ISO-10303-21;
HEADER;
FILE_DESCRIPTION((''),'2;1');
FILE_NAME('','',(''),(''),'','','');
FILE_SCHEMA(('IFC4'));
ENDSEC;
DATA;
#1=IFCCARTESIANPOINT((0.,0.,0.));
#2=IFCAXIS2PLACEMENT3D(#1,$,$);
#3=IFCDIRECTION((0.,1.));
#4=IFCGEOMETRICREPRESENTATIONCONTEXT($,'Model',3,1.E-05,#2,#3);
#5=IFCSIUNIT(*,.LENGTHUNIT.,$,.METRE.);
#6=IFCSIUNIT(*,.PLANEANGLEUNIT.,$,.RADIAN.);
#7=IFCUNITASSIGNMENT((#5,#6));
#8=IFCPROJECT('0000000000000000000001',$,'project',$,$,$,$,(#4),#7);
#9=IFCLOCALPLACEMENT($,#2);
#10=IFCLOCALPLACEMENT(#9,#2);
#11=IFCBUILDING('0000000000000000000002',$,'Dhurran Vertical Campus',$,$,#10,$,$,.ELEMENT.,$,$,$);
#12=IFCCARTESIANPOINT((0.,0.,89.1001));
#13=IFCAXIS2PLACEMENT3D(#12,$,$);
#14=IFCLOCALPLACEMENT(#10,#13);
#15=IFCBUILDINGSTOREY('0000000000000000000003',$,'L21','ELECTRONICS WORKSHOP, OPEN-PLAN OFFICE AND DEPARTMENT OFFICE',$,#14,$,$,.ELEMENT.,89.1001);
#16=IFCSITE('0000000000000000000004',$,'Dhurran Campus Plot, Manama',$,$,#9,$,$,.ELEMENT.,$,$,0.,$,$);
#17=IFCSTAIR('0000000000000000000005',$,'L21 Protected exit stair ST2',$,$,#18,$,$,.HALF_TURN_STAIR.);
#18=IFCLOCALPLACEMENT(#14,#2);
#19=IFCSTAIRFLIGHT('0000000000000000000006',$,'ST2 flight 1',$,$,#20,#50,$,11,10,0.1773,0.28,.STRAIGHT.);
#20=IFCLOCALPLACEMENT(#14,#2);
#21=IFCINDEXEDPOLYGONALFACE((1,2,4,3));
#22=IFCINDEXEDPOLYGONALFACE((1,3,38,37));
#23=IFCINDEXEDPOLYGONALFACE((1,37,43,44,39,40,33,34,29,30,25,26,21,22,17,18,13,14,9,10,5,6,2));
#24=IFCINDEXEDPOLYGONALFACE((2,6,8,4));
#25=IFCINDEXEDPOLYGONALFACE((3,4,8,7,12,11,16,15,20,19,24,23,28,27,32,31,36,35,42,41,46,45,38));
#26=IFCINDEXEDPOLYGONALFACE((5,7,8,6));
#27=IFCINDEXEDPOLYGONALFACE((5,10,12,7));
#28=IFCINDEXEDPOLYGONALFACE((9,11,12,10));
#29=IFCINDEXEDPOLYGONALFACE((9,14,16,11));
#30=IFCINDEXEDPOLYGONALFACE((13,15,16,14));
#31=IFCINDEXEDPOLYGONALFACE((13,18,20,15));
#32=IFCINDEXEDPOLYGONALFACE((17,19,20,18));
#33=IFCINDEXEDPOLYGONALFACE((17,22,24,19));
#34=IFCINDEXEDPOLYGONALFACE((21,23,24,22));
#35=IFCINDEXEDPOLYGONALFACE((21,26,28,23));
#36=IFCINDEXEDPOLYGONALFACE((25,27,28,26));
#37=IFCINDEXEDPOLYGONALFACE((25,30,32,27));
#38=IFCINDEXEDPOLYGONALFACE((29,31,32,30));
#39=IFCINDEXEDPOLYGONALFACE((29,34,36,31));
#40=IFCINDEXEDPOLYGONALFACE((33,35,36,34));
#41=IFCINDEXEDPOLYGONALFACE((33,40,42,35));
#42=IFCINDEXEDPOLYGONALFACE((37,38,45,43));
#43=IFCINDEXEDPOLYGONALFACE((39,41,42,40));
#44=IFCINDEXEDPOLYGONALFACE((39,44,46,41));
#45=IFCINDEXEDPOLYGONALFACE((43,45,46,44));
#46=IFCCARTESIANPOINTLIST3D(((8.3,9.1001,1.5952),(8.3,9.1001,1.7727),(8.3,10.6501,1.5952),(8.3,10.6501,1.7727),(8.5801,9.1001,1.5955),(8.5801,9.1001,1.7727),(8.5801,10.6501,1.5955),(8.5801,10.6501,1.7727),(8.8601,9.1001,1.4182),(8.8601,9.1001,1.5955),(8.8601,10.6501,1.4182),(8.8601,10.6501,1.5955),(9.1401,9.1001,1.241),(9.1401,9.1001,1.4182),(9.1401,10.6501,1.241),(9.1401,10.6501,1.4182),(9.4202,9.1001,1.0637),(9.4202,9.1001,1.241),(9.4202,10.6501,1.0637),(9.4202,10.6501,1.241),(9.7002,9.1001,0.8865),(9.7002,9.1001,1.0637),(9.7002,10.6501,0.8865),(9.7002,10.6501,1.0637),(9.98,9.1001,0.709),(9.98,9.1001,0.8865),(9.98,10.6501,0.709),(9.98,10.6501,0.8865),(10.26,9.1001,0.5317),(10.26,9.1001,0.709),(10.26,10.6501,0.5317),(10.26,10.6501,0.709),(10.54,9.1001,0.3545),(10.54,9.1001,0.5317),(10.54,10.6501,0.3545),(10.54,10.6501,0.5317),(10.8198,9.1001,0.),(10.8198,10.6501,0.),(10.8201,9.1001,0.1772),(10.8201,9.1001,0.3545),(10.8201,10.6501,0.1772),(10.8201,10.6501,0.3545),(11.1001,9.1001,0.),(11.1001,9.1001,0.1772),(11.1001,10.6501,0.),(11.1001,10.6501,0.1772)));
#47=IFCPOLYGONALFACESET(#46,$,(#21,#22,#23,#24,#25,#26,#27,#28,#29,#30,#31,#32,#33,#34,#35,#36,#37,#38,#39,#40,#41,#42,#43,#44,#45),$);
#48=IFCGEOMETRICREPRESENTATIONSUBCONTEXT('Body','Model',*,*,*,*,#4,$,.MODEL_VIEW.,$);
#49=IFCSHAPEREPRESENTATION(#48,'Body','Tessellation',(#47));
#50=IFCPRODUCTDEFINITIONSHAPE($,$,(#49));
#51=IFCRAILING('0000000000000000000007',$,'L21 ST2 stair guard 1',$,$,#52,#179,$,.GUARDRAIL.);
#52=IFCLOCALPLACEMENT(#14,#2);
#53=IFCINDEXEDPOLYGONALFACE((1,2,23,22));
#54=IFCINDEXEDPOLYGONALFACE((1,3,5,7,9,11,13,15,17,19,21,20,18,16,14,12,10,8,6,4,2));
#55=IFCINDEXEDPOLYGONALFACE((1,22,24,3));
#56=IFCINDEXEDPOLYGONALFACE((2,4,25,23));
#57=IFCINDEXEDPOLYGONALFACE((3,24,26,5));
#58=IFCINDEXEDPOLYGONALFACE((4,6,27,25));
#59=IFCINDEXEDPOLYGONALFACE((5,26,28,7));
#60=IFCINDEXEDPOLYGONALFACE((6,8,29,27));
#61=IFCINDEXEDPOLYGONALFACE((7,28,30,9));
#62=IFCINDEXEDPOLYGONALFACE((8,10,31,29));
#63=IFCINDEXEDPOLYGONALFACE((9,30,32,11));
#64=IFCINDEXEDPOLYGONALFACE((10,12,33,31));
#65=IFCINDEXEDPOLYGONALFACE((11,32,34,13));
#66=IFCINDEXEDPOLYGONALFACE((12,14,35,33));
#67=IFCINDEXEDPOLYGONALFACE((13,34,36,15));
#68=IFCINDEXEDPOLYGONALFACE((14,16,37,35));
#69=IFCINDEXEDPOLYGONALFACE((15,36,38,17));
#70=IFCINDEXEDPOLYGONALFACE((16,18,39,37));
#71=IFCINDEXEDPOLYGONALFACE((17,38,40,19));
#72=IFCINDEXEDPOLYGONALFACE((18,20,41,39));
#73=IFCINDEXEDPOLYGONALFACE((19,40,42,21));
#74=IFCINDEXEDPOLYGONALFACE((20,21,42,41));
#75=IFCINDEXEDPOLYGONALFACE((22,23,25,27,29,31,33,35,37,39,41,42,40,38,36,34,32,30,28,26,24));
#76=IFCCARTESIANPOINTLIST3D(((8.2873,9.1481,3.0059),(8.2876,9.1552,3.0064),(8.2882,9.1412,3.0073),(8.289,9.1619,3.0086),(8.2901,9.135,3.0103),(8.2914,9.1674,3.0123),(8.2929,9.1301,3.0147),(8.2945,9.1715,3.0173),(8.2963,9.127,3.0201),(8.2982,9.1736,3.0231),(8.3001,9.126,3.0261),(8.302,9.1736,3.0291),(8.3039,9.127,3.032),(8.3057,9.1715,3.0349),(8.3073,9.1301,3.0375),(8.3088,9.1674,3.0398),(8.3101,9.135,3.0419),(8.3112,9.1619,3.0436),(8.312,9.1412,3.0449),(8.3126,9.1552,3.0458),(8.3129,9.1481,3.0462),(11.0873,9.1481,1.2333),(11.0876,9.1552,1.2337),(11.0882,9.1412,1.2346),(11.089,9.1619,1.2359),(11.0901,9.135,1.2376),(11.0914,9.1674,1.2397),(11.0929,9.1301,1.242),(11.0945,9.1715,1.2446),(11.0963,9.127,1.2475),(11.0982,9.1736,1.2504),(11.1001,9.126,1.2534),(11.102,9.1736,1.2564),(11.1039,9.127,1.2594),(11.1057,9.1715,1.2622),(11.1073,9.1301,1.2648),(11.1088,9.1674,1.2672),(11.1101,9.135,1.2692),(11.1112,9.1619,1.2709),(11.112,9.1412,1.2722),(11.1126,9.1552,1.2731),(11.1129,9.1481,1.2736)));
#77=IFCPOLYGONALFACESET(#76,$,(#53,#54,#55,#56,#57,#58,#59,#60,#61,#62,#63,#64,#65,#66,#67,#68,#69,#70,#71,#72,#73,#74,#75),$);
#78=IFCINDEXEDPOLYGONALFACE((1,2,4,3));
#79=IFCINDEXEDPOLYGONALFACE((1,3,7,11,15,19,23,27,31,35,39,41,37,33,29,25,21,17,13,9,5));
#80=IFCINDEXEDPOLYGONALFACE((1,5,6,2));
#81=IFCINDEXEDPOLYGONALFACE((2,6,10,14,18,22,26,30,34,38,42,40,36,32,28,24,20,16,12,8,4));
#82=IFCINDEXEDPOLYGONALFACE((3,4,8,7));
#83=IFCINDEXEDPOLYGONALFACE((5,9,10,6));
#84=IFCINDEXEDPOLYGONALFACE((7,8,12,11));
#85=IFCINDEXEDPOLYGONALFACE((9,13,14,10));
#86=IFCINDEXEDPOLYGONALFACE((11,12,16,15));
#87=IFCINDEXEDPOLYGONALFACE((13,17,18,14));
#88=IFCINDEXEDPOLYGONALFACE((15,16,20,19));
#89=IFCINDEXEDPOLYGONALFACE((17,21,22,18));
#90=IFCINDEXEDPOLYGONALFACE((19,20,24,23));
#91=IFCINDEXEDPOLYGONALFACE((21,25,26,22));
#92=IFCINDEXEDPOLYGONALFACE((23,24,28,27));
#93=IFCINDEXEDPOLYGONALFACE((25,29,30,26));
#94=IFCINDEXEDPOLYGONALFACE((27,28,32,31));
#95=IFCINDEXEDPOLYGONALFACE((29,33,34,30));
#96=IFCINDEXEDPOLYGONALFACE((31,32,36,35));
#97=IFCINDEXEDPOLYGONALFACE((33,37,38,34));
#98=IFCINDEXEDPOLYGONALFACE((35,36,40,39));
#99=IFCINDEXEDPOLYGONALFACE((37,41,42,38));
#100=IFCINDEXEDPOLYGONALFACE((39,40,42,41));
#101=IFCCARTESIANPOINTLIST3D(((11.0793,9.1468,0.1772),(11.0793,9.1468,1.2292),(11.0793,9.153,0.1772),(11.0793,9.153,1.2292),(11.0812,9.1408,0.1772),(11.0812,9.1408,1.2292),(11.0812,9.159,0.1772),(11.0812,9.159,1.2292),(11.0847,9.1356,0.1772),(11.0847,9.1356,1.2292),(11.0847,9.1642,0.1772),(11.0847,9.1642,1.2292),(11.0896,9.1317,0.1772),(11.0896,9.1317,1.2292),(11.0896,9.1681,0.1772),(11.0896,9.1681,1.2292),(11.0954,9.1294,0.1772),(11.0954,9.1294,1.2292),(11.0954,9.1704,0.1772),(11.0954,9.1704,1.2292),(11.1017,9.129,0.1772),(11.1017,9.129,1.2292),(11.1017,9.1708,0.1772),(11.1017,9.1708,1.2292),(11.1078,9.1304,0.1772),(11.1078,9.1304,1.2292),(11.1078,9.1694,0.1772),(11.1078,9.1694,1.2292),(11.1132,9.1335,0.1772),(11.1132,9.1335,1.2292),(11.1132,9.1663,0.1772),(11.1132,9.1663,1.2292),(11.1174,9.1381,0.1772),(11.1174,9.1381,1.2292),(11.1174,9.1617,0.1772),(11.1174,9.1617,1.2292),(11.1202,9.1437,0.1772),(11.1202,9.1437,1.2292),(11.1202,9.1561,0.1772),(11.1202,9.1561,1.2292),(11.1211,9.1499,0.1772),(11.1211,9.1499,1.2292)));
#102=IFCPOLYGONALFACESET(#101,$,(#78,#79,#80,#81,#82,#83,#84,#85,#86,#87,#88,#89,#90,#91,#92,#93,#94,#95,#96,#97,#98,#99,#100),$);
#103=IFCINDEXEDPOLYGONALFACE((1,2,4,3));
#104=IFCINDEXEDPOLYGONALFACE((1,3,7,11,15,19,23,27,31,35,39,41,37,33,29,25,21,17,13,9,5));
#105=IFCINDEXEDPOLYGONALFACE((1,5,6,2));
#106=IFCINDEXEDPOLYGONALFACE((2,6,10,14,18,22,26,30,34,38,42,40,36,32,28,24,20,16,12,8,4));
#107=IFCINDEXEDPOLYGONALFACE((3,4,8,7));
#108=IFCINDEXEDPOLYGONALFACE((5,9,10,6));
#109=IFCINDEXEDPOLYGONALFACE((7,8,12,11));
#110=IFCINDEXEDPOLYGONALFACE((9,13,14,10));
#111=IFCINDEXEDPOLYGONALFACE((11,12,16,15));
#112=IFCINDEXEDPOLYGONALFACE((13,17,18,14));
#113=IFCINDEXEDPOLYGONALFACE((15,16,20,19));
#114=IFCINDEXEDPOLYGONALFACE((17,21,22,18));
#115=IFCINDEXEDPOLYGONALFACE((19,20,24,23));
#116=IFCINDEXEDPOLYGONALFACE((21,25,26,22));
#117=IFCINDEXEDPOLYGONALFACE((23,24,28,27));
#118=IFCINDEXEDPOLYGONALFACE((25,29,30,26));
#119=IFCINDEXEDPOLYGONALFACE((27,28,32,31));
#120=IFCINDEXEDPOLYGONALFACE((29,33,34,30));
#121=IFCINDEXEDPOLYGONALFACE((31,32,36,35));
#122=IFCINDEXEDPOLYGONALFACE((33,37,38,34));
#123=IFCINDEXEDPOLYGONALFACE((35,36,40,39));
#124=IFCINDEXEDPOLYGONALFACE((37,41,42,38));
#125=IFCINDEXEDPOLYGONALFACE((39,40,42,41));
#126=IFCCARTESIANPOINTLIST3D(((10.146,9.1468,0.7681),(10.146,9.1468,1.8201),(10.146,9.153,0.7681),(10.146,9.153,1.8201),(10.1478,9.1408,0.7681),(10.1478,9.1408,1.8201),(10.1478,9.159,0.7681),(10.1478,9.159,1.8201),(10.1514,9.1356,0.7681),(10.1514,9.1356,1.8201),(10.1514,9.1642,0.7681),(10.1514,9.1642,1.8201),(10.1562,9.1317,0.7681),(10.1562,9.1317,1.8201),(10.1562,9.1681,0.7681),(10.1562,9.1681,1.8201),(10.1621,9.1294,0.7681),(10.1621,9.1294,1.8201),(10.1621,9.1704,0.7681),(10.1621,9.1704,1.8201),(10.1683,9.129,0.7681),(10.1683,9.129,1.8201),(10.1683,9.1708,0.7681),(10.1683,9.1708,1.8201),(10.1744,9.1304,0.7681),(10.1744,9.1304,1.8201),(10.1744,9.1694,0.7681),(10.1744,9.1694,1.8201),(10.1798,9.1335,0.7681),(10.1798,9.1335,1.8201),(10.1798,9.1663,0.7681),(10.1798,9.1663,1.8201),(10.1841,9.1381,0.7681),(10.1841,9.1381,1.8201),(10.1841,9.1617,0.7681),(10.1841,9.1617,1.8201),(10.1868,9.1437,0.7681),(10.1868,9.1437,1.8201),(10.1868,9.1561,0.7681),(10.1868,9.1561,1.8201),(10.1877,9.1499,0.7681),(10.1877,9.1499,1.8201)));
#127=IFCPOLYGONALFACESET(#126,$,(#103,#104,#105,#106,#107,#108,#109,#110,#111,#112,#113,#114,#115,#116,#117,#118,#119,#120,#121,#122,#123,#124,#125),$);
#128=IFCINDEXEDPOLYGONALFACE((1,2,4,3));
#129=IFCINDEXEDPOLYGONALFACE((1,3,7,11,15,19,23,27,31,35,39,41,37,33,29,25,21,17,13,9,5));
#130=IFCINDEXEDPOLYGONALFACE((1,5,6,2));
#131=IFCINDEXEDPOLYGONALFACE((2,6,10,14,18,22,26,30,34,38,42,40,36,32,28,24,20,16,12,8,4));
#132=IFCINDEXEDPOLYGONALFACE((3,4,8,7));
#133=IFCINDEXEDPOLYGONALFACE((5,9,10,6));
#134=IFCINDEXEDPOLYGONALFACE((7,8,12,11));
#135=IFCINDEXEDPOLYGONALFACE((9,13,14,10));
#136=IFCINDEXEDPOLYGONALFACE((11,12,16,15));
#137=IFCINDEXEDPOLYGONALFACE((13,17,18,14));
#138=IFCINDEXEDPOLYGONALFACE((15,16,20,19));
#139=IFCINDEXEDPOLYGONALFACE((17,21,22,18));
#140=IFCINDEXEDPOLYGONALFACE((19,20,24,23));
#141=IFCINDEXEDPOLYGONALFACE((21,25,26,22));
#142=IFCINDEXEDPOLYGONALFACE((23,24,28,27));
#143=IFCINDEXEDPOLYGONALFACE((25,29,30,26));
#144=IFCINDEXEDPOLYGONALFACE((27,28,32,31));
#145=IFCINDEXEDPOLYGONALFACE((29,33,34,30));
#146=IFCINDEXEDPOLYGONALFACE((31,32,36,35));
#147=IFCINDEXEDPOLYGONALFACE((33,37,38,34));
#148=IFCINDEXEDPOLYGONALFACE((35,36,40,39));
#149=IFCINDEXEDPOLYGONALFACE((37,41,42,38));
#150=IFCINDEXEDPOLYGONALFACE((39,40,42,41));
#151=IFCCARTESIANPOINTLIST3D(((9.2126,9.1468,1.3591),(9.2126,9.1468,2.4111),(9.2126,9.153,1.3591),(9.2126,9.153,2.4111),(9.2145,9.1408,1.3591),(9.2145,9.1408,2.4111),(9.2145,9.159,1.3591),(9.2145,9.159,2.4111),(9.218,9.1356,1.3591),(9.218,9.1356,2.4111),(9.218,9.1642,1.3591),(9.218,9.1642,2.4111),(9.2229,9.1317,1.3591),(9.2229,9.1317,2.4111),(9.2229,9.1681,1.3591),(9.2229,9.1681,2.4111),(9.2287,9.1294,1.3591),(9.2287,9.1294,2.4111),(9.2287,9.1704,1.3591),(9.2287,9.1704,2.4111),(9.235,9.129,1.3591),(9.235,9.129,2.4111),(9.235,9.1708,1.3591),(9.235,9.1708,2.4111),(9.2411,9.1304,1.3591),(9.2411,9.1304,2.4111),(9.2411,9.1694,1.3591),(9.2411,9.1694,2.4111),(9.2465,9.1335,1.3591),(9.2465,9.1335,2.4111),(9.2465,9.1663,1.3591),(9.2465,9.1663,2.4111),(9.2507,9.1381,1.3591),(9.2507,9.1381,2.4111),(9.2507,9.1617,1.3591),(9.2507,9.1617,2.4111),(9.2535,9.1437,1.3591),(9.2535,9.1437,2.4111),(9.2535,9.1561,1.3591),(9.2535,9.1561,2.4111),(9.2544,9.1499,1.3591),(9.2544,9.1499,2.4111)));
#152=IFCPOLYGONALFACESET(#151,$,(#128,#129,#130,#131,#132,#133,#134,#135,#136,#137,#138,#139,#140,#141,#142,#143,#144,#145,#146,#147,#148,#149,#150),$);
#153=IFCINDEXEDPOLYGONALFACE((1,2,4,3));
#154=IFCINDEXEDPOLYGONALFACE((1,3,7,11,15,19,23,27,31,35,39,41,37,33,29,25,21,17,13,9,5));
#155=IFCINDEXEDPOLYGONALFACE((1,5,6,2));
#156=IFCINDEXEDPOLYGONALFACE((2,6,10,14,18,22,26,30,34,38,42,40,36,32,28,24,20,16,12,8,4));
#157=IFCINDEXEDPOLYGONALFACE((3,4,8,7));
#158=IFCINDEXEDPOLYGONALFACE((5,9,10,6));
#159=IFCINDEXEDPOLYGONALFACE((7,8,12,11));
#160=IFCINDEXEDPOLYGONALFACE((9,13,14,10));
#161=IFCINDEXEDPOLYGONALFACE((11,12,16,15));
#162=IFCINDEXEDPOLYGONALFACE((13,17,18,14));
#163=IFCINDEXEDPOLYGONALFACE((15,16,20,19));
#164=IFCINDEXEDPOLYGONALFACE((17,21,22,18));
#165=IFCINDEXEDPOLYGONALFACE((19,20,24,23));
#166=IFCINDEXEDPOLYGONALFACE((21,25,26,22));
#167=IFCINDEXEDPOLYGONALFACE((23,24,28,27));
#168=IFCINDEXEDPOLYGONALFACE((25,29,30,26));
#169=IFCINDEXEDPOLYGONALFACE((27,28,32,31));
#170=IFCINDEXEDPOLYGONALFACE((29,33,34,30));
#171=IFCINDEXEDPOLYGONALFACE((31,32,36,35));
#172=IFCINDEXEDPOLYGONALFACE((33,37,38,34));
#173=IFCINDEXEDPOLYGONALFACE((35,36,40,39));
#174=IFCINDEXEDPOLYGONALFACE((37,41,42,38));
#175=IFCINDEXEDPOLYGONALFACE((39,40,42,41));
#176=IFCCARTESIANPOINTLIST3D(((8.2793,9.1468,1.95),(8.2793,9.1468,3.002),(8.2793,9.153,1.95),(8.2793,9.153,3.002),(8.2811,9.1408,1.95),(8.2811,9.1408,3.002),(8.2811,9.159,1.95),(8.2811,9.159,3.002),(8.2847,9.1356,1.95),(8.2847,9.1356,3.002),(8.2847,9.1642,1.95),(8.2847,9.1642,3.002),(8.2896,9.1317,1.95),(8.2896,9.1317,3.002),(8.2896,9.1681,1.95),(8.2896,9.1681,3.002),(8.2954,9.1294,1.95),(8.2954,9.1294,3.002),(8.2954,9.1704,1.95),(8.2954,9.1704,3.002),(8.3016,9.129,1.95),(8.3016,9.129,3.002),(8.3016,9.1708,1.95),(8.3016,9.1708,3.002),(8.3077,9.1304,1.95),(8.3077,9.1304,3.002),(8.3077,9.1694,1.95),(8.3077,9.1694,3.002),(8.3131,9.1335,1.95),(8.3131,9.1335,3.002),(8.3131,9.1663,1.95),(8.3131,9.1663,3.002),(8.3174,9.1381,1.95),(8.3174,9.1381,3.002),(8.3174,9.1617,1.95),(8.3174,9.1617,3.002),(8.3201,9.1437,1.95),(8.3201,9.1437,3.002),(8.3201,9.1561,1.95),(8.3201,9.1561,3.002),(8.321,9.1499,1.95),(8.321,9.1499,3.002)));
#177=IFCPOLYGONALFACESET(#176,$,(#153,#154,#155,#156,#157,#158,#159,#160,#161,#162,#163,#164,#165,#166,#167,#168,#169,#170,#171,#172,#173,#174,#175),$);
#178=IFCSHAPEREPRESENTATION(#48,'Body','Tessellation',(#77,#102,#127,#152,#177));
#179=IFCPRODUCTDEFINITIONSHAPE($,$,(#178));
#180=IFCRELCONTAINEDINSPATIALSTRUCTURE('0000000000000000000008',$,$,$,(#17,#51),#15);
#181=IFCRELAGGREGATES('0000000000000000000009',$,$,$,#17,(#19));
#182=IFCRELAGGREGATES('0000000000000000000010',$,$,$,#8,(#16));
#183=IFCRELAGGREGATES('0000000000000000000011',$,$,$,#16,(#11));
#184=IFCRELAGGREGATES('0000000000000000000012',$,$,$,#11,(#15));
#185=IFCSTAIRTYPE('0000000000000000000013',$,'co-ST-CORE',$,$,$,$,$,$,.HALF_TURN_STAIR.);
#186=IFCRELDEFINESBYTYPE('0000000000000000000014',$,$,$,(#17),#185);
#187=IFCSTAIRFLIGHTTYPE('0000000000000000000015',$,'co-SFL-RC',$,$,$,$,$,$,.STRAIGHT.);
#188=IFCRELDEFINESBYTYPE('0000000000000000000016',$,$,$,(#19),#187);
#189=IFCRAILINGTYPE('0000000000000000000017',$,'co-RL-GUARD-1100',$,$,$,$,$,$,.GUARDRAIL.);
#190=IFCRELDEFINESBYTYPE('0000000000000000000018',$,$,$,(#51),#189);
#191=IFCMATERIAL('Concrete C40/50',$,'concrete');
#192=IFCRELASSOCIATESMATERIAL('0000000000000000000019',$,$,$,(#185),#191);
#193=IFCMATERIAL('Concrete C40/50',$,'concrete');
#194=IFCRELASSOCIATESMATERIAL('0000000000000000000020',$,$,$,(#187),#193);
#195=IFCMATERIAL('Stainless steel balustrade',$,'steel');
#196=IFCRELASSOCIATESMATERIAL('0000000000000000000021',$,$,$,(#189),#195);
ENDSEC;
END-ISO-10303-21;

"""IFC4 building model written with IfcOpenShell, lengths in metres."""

from ifc_helpers import new_model, si_unit, direction, frame, origin, origin_2d, place, context, subcontext, project, spatial, polyline, circle, outline, extrude, material, type_object, element, aggregate, save


model = new_model("IFC4")

# Units and contexts
model_context = context("Model", 3, precision=1e-05, world=origin(), true_north=direction((0.0, 1.0)))
body_context = subcontext(model_context, "Body", "Model", "MODEL_VIEW")
ifc_project = project(units=[si_unit("LENGTHUNIT", "METRE"), si_unit("PLANEANGLEUNIT", "RADIAN")], contexts=[model_context])

# Site, building, storey
site_placement = place(None, origin())
site = spatial("IfcSite", under=ifc_project, at=site_placement, Name="Dhurran Campus Plot, Manama", CompositionType="ELEMENT", RefElevation=0.0)
building_placement = place(site_placement, origin())
building = spatial("IfcBuilding", under=site, at=building_placement, Name="Dhurran Vertical Campus", CompositionType="ELEMENT")
storey_placement = place(building_placement, frame((0.0, 0.0, 89.1001)))
storey = spatial("IfcBuildingStorey", under=building, at=storey_placement, Name="L21", Description="ELECTRONICS WORKSHOP, OPEN-PLAN OFFICE AND DEPARTMENT OFFICE", CompositionType="ELEMENT", Elevation=89.1001)

# Stair, stair flight
ifc_material_1 = material(Name="Concrete C40/50", Category="concrete")
stair_type = type_object("IfcStairType", Name="co-ST-CORE", PredefinedType="HALF_TURN_STAIR", material=ifc_material_1)
stair_placement = place(storey_placement, origin())
stair = element("IfcStair", 1, at=stair_placement, inside=storey, type_object=stair_type, Name="L21 Protected exit stair ST2", PredefinedType="HALF_TURN_STAIR")
ifc_material_2 = material(Name="Concrete C40/50", Category="concrete")
stair_flight_type = type_object("IfcStairFlightType", Name="co-SFL-RC", PredefinedType="STRAIGHT", material=ifc_material_2)
stair_flight_placement = place(storey_placement, frame((11.1001, 9.875, 0.0), z_axis=(0.0, 0.0, 1.0), x_axis=(-1.0, 0.0, 0.0)))
stair_flight = element("IfcStairFlight", 2, at=stair_flight_placement, type_object=stair_flight_type, Name="ST2 flight 1", NumberOfRisers=11, NumberOfTreads=10, PredefinedType="STRAIGHT", RiserHeight=0.1773, TreadLength=0.28, context=body_context, shape_type="SweptSolid", body=[
    extrude(outline(polyline([(0.0, 0.0), (0.0, 0.1772), (0.28, 0.1772), (0.28, 0.3545), (0.5601, 0.3545), (0.5601, 0.5317), (0.8401, 0.5317), (0.8401, 0.709), (1.1201, 0.709), (1.1201, 0.8865), (1.3999, 0.8865), (1.3999, 1.0637), (1.6799, 1.0637), (1.6799, 1.241), (1.96, 1.241), (1.96, 1.4182), (2.24, 1.4182), (2.24, 1.5955), (2.52, 1.5955), (2.52, 1.7727), (2.8, 1.7727), (2.8, 1.95), (2.8, 1.5952), (0.2803, 0.0), (0.0, 0.0)])), frame((0.0, 0.7749, 0.0), z_axis=(0.0, -1.0, 0.0), x_axis=(1.0, 0.0, 0.0)), (0.0, 0.0, 1.0), 1.55),
])
aggregate(stair, [stair_flight])

# Railing
ifc_material_3 = material(Name="Stainless steel balustrade", Category="steel")
railing_type_1 = type_object("IfcRailingType", Name="co-RL-GUARD-1100", PredefinedType="GUARDRAIL", material=ifc_material_3)
railing_1_placement = place(storey_placement, frame((11.1001, 9.1499, 0.1772)))
element("IfcRailing", 3, at=railing_1_placement, inside=storey, type_object=railing_type_1, Name="L21 ST2 stair guard 1", PredefinedType="GUARDRAIL", context=body_context, shape_type="SweptSolid", body=[
    extrude(circle(Radius=0.0239, at=origin_2d()), frame((0.0, 0.0, 1.0762), z_axis=(-0.844909, 0.0, 0.53491), x_axis=(0.0, -1.0, 0.0)), (0.0, 0.0, 1.0), 3.314),
    extrude(circle(Radius=0.021, at=origin_2d()), origin(), (0.0, 0.0, 1.0), 1.052),
    extrude(circle(Radius=0.021, at=origin_2d()), frame((-0.9333, 0.0, 0.5908)), (0.0, 0.0, 1.0), 1.052),
    extrude(circle(Radius=0.021, at=origin_2d()), frame((-1.8667, 0.0, 1.1819)), (0.0, 0.0, 1.0), 1.052),
    extrude(circle(Radius=0.021, at=origin_2d()), frame((-2.8, 0.0, 1.7727)), (0.0, 0.0, 1.0), 1.052),
])

save(model, "model.ifc")
